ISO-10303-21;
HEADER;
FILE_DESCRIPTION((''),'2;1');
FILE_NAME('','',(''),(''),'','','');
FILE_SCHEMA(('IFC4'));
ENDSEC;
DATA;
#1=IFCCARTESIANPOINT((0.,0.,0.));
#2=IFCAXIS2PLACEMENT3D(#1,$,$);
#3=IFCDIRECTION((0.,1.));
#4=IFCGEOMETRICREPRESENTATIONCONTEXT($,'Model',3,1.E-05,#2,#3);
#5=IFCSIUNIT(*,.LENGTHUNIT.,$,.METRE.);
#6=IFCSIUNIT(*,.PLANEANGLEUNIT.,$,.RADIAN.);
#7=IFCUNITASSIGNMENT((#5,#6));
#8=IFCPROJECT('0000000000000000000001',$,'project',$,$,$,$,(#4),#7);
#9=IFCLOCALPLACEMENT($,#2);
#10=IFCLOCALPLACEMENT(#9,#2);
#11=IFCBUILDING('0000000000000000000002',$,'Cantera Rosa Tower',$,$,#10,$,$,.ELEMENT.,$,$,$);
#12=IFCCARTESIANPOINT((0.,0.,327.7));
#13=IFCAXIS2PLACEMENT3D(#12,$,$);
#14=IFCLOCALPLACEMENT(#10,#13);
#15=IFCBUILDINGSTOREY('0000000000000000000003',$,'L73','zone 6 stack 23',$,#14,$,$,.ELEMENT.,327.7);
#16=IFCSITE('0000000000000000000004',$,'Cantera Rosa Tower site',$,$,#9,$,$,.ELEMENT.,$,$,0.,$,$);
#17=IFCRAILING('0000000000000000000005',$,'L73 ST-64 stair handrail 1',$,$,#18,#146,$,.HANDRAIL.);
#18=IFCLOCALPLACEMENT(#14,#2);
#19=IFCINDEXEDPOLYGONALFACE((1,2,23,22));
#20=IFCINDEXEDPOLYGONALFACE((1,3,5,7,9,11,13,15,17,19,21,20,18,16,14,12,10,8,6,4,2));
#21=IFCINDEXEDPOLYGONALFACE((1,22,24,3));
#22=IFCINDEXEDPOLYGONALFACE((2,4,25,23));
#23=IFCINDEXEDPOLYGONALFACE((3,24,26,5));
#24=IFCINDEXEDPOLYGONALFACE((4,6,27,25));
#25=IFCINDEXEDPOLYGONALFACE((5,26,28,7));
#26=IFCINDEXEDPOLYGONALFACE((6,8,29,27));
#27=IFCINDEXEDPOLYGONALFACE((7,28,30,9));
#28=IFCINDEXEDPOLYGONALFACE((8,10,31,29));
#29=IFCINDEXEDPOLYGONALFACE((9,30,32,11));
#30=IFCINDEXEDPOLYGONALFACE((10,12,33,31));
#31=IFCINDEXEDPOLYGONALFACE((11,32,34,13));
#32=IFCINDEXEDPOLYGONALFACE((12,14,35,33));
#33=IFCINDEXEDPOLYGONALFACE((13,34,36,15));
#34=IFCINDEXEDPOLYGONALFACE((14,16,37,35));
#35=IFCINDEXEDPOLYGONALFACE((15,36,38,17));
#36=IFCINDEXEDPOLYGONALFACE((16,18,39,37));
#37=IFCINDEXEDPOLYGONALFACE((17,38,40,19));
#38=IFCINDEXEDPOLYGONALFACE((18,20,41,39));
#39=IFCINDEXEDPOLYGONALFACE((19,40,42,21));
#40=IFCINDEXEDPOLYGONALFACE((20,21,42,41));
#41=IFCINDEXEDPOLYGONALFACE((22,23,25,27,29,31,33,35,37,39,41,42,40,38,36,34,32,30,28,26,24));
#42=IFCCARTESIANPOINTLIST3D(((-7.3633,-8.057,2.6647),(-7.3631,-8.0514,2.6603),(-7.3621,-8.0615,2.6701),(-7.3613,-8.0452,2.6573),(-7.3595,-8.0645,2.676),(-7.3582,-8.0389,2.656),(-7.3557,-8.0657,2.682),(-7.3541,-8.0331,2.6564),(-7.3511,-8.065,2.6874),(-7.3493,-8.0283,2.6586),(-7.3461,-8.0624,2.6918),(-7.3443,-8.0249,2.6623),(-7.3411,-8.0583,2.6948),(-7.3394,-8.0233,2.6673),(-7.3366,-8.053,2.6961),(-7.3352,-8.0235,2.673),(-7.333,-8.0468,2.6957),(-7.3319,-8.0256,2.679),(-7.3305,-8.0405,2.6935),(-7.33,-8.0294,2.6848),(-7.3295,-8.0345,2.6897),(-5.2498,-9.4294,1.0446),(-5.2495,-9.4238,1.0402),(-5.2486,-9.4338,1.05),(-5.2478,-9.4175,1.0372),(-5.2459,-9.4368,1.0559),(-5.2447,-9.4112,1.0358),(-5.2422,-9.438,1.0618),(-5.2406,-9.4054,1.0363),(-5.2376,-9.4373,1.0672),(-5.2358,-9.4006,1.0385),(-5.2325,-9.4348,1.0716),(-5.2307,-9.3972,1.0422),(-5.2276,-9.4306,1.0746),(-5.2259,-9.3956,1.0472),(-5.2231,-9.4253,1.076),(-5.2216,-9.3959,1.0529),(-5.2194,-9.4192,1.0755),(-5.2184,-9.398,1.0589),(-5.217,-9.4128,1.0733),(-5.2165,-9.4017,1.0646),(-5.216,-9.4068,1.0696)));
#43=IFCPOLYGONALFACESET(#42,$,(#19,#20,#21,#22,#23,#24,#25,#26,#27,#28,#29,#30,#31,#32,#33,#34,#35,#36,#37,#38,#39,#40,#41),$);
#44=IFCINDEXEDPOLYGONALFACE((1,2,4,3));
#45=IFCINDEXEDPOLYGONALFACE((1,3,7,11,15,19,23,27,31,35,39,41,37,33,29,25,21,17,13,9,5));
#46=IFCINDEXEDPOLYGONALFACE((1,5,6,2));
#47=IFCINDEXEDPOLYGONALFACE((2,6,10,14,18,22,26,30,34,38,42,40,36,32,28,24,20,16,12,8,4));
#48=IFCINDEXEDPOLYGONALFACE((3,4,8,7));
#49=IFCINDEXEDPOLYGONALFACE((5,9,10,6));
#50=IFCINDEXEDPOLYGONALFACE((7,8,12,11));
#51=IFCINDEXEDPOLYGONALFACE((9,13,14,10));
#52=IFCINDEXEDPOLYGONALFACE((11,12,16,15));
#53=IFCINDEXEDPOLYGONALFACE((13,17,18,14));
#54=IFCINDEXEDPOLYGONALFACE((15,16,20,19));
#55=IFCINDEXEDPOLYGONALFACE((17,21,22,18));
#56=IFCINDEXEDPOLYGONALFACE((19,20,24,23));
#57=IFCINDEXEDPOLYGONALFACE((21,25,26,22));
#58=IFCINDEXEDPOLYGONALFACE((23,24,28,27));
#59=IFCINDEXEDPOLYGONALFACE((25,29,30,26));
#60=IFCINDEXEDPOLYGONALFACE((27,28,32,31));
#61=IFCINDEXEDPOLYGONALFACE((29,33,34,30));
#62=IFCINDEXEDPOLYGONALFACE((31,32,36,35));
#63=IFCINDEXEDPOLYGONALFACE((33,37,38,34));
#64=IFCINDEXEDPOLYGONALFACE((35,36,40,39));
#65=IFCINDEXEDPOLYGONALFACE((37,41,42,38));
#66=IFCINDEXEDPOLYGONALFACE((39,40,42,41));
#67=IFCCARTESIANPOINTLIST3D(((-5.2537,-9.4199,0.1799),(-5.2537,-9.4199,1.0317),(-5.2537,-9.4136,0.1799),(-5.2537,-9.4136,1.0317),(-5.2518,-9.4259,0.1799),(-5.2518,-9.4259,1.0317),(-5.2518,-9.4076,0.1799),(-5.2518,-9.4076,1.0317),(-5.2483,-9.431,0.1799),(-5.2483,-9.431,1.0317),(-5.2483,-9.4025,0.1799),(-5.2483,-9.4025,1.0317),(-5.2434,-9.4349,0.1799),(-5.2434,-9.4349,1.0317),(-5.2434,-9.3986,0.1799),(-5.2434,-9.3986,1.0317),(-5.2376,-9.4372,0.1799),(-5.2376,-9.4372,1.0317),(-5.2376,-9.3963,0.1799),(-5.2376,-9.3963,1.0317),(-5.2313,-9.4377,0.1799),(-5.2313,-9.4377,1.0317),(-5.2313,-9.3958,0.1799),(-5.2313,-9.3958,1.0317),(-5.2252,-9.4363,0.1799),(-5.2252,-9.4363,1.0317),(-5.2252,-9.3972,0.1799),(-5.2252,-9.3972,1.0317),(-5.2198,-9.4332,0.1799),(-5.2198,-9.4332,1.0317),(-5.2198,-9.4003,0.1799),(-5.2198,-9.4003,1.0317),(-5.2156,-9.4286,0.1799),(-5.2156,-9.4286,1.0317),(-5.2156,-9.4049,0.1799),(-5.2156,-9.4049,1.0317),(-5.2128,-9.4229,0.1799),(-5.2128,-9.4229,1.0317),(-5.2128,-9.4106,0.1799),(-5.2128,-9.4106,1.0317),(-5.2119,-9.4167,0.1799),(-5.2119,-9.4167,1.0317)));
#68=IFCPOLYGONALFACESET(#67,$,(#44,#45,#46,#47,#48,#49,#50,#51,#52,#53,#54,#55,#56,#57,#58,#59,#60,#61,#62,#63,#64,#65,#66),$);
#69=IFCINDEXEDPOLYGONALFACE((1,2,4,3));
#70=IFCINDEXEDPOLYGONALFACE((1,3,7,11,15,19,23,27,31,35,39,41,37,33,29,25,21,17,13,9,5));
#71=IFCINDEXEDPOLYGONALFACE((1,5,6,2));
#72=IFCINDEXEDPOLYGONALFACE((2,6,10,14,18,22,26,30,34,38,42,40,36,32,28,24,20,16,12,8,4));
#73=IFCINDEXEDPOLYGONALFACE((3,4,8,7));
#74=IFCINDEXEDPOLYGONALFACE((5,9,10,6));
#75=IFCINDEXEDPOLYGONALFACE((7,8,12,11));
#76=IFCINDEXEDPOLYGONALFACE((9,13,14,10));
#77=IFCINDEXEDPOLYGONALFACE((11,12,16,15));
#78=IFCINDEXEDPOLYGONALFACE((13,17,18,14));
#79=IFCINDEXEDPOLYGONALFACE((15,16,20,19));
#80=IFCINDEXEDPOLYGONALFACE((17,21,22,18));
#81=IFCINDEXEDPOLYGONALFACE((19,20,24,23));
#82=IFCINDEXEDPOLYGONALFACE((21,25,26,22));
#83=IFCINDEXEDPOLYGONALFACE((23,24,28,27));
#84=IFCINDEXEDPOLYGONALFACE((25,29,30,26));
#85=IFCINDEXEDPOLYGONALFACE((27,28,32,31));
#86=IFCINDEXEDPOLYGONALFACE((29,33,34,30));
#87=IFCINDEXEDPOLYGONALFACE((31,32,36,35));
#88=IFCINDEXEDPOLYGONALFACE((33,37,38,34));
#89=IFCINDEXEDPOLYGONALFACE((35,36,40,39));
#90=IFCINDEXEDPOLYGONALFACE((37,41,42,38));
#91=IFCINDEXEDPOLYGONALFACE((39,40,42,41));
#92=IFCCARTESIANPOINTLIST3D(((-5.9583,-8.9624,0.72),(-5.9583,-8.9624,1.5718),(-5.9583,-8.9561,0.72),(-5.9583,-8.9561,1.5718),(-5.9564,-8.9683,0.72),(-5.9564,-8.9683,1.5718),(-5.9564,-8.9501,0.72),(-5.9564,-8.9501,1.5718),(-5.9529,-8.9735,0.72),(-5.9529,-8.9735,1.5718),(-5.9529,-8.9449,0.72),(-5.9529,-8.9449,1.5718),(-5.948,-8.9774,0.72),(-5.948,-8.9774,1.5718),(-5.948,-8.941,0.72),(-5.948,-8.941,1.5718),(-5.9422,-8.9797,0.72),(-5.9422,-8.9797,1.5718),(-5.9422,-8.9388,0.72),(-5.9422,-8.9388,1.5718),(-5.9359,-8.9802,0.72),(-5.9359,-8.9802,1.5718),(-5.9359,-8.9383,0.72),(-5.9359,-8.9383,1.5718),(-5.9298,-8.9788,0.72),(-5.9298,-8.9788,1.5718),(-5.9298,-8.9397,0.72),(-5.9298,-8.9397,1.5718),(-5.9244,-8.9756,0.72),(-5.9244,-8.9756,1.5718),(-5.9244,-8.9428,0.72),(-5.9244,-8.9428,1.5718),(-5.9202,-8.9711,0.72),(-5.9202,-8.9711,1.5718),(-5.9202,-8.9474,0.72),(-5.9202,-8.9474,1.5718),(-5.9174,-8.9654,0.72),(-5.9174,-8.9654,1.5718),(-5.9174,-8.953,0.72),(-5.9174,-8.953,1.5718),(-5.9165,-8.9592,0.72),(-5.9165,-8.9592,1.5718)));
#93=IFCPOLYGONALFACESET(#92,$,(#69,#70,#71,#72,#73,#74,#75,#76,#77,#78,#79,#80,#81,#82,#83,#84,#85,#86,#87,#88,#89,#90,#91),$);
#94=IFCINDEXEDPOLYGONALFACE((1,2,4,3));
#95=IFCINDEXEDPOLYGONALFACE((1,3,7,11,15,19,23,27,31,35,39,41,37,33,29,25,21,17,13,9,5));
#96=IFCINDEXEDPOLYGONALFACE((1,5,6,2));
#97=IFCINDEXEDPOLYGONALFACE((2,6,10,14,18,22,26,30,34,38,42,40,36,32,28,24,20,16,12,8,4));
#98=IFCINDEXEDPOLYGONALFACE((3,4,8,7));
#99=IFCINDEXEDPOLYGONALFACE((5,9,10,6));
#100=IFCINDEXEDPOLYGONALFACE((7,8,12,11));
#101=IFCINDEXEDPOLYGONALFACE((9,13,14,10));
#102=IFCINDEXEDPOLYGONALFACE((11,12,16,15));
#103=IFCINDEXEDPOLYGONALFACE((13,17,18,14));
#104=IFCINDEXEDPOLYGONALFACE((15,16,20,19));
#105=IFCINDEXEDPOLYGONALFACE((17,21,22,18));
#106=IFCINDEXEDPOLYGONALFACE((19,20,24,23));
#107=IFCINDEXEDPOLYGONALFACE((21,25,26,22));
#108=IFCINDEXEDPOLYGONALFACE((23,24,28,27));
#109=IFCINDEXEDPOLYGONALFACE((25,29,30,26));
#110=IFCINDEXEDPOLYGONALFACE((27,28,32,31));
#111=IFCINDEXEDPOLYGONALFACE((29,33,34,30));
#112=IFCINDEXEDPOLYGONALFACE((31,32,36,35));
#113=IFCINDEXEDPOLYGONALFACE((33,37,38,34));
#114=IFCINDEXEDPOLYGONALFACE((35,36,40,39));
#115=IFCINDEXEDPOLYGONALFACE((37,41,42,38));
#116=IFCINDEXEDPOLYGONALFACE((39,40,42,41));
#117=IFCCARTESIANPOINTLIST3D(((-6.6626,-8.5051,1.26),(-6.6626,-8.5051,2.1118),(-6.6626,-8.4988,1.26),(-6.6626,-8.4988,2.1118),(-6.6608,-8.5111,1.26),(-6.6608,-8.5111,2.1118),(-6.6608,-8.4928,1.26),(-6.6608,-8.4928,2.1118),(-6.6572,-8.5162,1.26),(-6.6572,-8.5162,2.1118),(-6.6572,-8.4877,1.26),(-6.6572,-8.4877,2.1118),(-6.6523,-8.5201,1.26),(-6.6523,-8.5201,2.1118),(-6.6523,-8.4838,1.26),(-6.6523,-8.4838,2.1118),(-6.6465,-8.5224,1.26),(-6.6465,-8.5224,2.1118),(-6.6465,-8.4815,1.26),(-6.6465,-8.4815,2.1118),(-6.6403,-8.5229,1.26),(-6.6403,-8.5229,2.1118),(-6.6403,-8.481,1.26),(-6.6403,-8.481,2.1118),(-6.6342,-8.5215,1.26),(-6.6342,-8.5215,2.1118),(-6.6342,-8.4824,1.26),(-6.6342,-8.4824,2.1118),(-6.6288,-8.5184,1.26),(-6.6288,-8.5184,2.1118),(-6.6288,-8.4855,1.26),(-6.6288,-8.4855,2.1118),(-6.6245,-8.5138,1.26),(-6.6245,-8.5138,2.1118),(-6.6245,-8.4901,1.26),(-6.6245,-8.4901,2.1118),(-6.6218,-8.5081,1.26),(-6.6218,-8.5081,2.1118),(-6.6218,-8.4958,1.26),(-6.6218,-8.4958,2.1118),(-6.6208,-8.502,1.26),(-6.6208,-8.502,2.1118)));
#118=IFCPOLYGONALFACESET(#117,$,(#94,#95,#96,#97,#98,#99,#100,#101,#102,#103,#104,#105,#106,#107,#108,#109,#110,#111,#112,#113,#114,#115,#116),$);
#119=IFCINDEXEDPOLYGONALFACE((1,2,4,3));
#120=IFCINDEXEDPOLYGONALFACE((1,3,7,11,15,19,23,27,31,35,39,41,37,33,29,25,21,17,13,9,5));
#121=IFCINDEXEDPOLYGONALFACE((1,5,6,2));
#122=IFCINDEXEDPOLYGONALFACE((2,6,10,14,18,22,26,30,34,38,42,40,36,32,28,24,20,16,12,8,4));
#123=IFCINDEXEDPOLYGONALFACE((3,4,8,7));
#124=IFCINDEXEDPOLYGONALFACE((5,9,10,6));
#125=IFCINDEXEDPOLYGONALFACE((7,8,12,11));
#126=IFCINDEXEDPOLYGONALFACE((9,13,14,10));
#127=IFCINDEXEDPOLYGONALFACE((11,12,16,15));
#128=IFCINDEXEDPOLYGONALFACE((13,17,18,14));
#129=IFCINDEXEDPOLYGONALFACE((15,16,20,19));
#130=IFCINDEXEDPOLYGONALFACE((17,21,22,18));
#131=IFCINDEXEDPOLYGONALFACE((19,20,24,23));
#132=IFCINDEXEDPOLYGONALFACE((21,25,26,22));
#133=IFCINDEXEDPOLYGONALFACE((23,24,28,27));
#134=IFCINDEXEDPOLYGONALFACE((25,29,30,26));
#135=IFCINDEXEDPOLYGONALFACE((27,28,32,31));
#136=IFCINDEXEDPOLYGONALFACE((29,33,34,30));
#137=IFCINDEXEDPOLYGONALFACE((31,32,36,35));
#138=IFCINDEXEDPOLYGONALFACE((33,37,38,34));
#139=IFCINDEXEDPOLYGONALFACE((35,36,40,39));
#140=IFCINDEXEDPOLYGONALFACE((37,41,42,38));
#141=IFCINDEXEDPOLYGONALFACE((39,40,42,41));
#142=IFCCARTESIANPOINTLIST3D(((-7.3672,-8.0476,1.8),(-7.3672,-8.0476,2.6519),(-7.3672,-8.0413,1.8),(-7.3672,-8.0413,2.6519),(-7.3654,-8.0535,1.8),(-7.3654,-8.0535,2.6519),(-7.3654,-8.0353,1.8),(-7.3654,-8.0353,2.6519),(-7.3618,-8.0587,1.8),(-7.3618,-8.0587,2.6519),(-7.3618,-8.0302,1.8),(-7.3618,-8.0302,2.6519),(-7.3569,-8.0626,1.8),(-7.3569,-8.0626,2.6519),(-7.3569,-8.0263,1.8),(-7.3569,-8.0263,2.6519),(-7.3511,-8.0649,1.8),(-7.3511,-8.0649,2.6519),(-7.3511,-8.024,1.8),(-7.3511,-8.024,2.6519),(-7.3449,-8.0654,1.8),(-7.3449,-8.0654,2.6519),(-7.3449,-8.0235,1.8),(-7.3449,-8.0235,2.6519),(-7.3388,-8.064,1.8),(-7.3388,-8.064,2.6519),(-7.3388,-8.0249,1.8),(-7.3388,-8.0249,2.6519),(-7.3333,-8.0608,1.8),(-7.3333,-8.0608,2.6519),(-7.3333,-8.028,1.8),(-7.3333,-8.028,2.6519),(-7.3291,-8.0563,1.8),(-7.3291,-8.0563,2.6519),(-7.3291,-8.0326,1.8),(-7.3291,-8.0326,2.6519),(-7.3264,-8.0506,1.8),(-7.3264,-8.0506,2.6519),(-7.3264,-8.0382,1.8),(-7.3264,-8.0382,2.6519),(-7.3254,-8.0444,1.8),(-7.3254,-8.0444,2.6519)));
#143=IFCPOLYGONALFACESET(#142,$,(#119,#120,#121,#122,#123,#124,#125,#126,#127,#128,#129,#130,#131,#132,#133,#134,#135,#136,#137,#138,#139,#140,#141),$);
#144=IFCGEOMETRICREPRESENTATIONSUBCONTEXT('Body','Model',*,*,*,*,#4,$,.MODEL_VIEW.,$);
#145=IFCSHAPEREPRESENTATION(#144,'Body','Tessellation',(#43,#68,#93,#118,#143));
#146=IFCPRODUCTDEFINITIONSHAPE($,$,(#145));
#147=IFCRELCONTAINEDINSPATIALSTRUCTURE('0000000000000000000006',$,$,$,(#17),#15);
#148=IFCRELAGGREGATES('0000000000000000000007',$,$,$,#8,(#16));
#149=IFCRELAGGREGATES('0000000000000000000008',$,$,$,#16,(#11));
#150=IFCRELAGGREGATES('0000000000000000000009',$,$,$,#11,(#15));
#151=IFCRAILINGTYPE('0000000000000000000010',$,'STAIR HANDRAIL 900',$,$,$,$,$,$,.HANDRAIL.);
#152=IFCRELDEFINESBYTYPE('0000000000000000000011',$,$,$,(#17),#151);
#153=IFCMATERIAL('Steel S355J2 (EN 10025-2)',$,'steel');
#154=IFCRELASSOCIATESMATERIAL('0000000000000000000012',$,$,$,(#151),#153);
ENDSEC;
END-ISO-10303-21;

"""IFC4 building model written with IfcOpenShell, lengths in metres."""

from ifc_helpers import new_model, si_unit, direction, frame, origin, origin_2d, place, context, subcontext, project, spatial, circle, extrude, material, type_object, element, save


model = new_model("IFC4")

# Units and contexts
model_context = context("Model", 3, precision=1e-05, world=origin(), true_north=direction((0.0, 1.0)))
body_context = subcontext(model_context, "Body", "Model", "MODEL_VIEW")
ifc_project = project(units=[si_unit("LENGTHUNIT", "METRE"), si_unit("PLANEANGLEUNIT", "RADIAN")], contexts=[model_context])

# Site, building, storey
site_placement = place(None, origin())
site = spatial("IfcSite", under=ifc_project, at=site_placement, Name="Cantera Rosa Tower site", CompositionType="ELEMENT", RefElevation=0.0)
building_placement = place(site_placement, origin())
building = spatial("IfcBuilding", under=site, at=building_placement, Name="Cantera Rosa Tower", CompositionType="ELEMENT")
storey_placement = place(building_placement, frame((0.0, 0.0, 327.7)))
storey = spatial("IfcBuildingStorey", under=building, at=storey_placement, Name="L73", Description="zone 6 stack 23", CompositionType="ELEMENT", Elevation=327.7)

# Railing
ifc_material_1 = material(Name="Steel S355J2 (EN 10025-2)", Category="steel")
railing_type_1 = type_object("IfcRailingType", Name="STAIR HANDRAIL 900", PredefinedType="HANDRAIL", material=ifc_material_1)
railing_1_placement = place(storey_placement, frame((-5.2329, -9.4167, 0.1799)))
element("IfcRailing", 1, at=railing_1_placement, inside=storey, type_object=railing_type_1, Name="L73 ST-64 stair handrail 1", PredefinedType="HANDRAIL", context=body_context, shape_type="SweptSolid", body=[
    extrude(circle(Radius=0.0239, at=origin_2d()), frame((0.0, 0.0, 0.876), z_axis=(-0.705488, 0.458074, 0.54079), x_axis=(-0.544576, -0.838711, 0.0)), (0.0, 0.0, 1.0), 2.9958),
    extrude(circle(Radius=0.021, at=origin_2d()), origin(), (0.0, 0.0, 1.0), 0.8518),
    extrude(circle(Radius=0.021, at=origin_2d()), frame((-0.7046, 0.4575, 0.54)), (0.0, 0.0, 1.0), 0.8518),
    extrude(circle(Radius=0.021, at=origin_2d()), frame((-1.4089, 0.9148, 1.0801)), (0.0, 0.0, 1.0), 0.8518),
    extrude(circle(Radius=0.021, at=origin_2d()), frame((-2.1135, 1.3723, 1.6201)), (0.0, 0.0, 1.0), 0.8518),
])

save(model, "model.ifc")
